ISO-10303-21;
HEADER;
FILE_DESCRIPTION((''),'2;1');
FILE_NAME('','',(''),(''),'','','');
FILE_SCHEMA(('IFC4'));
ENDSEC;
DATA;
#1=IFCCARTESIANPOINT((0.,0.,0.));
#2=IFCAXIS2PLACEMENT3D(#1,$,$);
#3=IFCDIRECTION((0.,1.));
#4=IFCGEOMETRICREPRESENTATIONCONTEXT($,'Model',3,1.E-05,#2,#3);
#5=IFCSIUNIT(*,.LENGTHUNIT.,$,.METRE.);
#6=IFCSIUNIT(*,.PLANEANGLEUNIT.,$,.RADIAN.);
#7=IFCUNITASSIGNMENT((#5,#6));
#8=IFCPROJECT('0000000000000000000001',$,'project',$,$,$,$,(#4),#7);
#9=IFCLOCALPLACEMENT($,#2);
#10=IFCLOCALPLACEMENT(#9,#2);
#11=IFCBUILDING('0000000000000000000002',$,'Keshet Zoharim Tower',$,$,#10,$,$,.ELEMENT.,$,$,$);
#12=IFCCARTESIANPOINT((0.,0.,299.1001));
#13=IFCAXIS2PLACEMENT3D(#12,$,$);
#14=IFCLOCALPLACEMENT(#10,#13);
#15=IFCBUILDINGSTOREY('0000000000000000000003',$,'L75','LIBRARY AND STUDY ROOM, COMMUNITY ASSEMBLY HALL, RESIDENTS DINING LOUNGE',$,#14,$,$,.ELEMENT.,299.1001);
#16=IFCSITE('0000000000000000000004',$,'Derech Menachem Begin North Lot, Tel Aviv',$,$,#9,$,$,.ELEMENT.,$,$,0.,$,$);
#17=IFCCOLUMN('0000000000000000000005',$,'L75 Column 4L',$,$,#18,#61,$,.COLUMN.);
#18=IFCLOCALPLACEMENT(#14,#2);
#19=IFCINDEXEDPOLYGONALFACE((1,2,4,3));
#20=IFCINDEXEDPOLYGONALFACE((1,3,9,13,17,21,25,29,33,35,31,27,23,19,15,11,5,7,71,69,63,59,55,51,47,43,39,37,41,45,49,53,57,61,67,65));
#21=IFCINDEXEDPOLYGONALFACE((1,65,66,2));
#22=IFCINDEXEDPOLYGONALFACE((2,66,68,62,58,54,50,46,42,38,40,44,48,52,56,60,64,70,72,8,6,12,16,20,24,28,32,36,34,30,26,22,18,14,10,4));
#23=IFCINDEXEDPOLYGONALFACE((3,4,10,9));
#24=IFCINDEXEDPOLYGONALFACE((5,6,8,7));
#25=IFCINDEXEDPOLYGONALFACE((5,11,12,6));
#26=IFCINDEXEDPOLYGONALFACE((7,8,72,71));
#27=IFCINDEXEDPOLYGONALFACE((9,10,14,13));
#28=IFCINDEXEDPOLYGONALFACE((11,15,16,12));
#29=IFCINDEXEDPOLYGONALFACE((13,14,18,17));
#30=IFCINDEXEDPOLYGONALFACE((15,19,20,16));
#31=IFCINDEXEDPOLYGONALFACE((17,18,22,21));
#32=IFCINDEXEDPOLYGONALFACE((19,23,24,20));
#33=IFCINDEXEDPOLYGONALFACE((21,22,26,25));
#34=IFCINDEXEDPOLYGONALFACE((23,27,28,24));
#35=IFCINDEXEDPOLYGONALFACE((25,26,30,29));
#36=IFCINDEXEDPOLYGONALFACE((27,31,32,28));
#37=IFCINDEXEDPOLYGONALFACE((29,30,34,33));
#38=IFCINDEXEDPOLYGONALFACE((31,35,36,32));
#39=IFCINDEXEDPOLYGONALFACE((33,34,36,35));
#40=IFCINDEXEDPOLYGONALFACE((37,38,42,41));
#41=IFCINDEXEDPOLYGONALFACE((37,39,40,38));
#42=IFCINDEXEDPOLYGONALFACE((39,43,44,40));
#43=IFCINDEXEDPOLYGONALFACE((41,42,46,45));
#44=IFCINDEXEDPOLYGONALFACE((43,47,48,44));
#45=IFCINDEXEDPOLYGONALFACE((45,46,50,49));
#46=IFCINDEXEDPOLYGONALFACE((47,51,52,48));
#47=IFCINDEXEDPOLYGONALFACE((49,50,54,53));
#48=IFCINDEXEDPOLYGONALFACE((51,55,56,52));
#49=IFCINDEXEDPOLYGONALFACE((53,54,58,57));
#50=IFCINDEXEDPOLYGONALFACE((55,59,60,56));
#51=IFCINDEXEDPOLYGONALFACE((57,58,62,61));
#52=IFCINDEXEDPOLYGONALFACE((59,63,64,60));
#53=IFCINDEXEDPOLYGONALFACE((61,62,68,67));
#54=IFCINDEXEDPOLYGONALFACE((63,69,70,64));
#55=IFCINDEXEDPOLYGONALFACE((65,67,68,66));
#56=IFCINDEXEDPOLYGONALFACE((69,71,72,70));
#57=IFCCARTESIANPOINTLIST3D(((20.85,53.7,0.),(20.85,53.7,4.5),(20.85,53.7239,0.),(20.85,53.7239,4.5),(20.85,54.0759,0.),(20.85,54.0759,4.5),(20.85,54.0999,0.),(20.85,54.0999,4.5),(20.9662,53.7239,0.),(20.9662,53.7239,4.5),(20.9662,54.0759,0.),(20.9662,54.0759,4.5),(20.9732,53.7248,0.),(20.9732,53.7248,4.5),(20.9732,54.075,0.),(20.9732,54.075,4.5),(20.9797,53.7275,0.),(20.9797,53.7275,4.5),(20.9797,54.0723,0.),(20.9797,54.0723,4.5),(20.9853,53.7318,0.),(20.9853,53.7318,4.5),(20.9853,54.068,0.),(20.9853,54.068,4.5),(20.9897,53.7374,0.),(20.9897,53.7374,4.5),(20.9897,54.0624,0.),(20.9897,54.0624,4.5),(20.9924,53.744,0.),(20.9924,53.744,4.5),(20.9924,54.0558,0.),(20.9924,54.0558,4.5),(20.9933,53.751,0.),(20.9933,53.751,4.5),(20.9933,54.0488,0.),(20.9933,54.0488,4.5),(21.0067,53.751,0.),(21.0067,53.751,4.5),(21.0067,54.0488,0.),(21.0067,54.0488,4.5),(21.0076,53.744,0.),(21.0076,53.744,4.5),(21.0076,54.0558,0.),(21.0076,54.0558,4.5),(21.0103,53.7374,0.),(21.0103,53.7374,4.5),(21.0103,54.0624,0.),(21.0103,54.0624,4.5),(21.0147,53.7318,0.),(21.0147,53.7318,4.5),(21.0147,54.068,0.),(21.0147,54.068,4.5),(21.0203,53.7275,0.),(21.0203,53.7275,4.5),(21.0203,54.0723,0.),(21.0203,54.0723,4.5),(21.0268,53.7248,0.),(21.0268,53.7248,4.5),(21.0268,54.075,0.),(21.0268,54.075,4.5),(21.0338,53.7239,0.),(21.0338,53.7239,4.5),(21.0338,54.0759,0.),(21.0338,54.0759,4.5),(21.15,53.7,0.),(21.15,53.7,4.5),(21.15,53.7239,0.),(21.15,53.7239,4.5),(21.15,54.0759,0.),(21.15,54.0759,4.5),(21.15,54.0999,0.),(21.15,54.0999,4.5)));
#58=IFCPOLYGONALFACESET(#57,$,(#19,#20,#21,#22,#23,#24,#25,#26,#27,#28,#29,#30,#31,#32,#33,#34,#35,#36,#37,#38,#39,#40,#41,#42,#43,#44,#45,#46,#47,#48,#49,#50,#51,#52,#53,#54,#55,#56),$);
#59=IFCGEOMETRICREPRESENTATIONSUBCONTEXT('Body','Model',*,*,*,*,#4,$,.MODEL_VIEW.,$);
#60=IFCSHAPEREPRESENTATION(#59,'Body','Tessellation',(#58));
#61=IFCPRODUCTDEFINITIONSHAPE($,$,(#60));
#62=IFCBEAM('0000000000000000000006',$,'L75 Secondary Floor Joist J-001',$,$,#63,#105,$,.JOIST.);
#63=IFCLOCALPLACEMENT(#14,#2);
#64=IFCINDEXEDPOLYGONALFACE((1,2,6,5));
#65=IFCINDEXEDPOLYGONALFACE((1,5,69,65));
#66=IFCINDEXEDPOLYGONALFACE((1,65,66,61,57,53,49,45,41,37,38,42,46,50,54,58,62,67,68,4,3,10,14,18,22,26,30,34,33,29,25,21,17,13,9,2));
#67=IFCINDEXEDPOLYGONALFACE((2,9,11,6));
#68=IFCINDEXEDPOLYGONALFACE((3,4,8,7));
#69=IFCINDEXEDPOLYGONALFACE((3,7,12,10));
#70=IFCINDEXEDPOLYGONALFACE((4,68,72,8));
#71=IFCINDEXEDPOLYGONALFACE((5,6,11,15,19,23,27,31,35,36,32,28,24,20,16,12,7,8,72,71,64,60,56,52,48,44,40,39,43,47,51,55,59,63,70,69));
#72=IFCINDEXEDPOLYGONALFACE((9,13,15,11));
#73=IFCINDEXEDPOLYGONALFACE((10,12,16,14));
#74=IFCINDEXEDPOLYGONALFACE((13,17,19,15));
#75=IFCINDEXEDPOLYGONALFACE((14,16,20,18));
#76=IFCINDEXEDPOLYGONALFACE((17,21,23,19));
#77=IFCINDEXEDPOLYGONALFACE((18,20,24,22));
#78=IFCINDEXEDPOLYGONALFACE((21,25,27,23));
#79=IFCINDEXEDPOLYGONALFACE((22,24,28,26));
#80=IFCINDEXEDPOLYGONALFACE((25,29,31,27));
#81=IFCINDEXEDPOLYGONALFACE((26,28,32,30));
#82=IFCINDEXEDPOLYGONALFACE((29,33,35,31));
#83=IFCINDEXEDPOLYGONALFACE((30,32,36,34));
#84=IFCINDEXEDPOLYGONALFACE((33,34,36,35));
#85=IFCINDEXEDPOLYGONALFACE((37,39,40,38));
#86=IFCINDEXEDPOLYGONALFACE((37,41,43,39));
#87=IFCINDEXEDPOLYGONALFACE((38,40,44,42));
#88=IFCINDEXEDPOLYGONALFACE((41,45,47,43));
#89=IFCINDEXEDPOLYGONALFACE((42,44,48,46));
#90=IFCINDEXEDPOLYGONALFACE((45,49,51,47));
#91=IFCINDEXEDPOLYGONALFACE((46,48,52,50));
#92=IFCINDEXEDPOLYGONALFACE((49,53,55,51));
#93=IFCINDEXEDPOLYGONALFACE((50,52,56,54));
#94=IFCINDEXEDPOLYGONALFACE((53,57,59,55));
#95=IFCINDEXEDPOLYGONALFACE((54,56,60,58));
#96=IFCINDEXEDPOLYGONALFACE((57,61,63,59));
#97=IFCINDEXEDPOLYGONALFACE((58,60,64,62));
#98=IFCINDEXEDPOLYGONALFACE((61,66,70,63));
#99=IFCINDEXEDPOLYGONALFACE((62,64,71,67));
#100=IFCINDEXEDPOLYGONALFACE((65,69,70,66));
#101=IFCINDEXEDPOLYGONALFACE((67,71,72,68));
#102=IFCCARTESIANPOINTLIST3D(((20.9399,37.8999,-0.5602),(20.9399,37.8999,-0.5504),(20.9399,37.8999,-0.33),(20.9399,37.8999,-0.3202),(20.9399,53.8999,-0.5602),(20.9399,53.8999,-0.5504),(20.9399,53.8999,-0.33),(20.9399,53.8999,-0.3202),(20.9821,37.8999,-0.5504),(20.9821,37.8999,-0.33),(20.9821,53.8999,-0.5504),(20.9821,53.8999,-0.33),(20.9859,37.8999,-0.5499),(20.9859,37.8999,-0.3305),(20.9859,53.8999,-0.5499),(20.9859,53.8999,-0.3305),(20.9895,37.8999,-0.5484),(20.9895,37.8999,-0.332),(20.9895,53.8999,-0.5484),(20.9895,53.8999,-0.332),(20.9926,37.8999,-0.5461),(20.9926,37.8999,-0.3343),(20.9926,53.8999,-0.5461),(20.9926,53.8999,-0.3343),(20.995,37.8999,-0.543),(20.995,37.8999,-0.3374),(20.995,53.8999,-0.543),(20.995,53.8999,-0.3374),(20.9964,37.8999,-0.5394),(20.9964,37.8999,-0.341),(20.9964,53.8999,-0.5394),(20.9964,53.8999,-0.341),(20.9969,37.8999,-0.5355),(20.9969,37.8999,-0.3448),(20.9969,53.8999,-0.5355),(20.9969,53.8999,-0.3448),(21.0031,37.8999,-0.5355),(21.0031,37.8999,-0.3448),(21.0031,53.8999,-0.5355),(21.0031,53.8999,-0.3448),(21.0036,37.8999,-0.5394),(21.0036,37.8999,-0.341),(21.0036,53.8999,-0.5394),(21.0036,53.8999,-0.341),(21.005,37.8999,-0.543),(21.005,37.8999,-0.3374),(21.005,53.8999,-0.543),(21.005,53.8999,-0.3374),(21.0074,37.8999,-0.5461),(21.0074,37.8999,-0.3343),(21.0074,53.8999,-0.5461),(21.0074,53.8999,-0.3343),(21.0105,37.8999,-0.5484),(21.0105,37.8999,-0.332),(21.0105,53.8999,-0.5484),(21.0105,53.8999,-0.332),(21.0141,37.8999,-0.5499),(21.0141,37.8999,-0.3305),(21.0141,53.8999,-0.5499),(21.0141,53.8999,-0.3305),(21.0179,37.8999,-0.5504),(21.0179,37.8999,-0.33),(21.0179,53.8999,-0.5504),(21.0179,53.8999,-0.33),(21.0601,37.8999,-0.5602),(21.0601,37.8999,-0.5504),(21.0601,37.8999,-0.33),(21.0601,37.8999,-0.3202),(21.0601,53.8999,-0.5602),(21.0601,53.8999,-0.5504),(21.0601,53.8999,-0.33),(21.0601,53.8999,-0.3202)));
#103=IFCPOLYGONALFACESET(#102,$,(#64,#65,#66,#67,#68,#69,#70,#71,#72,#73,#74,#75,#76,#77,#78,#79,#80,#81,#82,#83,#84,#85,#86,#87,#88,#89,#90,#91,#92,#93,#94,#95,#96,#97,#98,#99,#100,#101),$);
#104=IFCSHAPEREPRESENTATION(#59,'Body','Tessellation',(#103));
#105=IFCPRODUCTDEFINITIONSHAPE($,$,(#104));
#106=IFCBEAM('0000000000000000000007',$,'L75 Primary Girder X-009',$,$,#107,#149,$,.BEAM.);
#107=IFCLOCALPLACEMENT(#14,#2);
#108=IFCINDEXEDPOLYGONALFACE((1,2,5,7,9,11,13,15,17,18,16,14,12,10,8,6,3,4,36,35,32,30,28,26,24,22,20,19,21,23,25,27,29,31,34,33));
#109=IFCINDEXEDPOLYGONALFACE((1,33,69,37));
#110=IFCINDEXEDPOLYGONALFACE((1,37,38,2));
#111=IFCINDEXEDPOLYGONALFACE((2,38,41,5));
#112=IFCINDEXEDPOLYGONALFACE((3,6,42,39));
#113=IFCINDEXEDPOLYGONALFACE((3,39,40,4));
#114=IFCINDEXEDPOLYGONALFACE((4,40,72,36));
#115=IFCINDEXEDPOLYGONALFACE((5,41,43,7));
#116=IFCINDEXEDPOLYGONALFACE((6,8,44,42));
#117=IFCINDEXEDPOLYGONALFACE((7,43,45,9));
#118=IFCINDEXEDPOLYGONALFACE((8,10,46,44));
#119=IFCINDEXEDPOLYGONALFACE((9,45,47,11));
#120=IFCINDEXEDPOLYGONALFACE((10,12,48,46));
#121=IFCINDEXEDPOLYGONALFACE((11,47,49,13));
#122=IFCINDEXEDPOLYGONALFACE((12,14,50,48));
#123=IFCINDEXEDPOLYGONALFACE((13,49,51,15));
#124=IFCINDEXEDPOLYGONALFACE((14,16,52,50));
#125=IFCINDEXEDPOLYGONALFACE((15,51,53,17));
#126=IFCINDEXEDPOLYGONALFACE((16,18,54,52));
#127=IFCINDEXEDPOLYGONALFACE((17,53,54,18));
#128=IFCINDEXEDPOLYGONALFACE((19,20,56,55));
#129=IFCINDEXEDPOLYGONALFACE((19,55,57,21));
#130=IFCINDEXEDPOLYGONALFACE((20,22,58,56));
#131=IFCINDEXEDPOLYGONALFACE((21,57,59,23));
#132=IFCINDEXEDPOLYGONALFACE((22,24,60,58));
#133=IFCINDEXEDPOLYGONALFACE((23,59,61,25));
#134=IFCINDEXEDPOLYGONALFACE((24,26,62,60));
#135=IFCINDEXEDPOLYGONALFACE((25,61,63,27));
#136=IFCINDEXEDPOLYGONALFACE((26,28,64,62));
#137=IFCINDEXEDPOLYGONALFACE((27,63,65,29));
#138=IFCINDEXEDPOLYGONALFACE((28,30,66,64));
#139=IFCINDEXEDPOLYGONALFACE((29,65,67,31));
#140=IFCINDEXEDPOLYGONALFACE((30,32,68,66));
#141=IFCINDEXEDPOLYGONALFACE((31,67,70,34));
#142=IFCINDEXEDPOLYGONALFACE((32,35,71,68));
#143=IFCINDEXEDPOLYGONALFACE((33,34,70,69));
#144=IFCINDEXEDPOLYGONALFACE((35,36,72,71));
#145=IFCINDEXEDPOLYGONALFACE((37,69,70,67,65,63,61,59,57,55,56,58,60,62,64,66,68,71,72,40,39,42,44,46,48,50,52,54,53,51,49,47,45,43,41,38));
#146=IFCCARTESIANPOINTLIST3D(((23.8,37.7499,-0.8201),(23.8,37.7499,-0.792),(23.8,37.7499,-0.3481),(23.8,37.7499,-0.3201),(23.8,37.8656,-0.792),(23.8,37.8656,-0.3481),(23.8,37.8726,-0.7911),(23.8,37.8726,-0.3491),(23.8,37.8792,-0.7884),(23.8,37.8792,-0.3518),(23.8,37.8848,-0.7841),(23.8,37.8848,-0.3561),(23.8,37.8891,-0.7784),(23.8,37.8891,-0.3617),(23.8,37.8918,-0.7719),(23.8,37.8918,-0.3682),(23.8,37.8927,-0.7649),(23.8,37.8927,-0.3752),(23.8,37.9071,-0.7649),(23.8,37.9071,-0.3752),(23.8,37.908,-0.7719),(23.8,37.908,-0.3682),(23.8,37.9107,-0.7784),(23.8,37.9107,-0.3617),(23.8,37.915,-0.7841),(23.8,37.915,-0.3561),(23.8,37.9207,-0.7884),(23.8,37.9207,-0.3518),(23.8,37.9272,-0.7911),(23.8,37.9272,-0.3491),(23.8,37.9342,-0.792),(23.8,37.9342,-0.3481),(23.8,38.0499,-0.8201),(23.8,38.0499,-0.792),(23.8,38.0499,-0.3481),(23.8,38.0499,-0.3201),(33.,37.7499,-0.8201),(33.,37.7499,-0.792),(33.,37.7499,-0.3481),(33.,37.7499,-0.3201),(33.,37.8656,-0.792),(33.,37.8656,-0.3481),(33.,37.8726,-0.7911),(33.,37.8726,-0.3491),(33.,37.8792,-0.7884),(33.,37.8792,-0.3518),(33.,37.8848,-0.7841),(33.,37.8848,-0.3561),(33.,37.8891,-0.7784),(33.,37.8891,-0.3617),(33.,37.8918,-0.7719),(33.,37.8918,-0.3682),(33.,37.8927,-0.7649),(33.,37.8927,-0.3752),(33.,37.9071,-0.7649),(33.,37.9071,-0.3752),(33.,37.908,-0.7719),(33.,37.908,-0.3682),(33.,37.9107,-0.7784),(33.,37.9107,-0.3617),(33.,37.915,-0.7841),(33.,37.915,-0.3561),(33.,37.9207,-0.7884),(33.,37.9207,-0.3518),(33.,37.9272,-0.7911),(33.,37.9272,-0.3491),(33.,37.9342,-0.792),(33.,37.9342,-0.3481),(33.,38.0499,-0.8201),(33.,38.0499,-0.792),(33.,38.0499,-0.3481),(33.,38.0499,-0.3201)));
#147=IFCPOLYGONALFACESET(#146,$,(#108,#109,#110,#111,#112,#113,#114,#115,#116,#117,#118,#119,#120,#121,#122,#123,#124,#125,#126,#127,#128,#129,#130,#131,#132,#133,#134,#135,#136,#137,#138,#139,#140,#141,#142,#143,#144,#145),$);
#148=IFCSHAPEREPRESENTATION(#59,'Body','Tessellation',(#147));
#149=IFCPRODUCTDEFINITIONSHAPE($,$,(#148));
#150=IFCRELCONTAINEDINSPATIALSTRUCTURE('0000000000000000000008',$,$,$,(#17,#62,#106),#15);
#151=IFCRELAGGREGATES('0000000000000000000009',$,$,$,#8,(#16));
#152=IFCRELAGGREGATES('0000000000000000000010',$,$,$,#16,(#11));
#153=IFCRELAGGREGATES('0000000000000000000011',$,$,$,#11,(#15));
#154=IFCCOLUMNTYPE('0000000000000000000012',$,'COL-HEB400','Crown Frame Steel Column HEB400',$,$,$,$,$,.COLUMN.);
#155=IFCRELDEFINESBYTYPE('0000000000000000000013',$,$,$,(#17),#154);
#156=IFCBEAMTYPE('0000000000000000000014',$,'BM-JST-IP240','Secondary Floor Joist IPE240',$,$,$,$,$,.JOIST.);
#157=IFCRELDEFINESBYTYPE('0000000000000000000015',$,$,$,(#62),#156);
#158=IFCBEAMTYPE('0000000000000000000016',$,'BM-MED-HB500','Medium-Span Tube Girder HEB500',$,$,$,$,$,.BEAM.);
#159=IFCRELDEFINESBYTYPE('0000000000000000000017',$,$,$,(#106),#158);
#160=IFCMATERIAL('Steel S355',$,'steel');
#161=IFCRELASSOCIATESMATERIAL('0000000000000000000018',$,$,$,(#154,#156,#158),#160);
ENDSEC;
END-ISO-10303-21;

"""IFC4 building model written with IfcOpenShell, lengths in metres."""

from ifc_helpers import new_model, si_unit, direction, frame, origin, origin_2d, place, context, subcontext, project, spatial, i_section, extrude, material, material_profile, profile_set, type_object, element, save


model = new_model("IFC4")

# Units and contexts
model_context = context("Model", 3, precision=1e-05, world=origin(), true_north=direction((0.0, 1.0)))
body_context = subcontext(model_context, "Body", "Model", "MODEL_VIEW")
ifc_project = project(units=[si_unit("LENGTHUNIT", "METRE"), si_unit("PLANEANGLEUNIT", "RADIAN")], contexts=[model_context])

# Site, building, storey
site_placement = place(None, origin())
site = spatial("IfcSite", under=ifc_project, at=site_placement, Name="Derech Menachem Begin North Lot, Tel Aviv", CompositionType="ELEMENT", RefElevation=0.0)
building_placement = place(site_placement, origin())
building = spatial("IfcBuilding", under=site, at=building_placement, Name="Keshet Zoharim Tower", CompositionType="ELEMENT")
storey_placement = place(building_placement, frame((0.0, 0.0, 299.1001)))
storey = spatial("IfcBuildingStorey", under=building, at=storey_placement, Name="L75", Description="LIBRARY AND STUDY ROOM, COMMUNITY ASSEMBLY HALL, RESIDENTS DINING LOUNGE", CompositionType="ELEMENT", Elevation=299.1001)

# Column
ifc_material_1 = material(Name="Steel S355", Category="steel")
ifc_material_profile_1 = material_profile(ifc_material_1, i_section(OverallWidth=0.3, OverallDepth=0.3999, WebThickness=0.0134, FlangeThickness=0.0239, FilletRadius=0.0271, at=origin_2d()), Name="HEB400")
ifc_profile_set_1 = profile_set([ifc_material_profile_1], Name="Steel S355")
column_type = type_object("IfcColumnType", Name="COL-HEB400", Description="Crown Frame Steel Column HEB400", PredefinedType="COLUMN", material=ifc_profile_set_1)
column_placement = place(storey_placement, frame((21.0, 53.8999, 0.0), z_axis=(0.0, 0.0, 1.0), x_axis=(1.0, 0.0, 0.0)))
element("IfcColumn", 1, at=column_placement, inside=storey, type_object=column_type, Name="L75 Column 4L", PredefinedType="COLUMN", context=body_context, shape_type="SweptSolid", body=[
    extrude(i_section(OverallWidth=0.3, OverallDepth=0.3999, WebThickness=0.0134, FlangeThickness=0.0239, FilletRadius=0.0271, at=origin_2d()), origin(), (0.0, 0.0, 1.0), 4.5),
])

# Beams
ifc_material_profile_2 = material_profile(ifc_material_1, i_section(OverallWidth=0.1201, OverallDepth=0.24, WebThickness=0.0061, FlangeThickness=0.0098, FilletRadius=0.0149, at=origin_2d()), Name="IPE240")
ifc_profile_set_2 = profile_set([ifc_material_profile_2], Name="Steel S355")
beam_type_1 = type_object("IfcBeamType", Name="BM-JST-IP240", Description="Secondary Floor Joist IPE240", PredefinedType="JOIST", material=ifc_profile_set_2)
beam_1_placement = place(storey_placement, frame((21.0, 37.8999, -0.4402), z_axis=(0.0, 1.0, 0.0), x_axis=(-1.0, 0.0, 0.0)))
element("IfcBeam", 2, at=beam_1_placement, inside=storey, type_object=beam_type_1, Name="L75 Secondary Floor Joist J-001", PredefinedType="JOIST", context=body_context, shape_type="SweptSolid", body=[
    extrude(i_section(OverallWidth=0.1201, OverallDepth=0.24, WebThickness=0.0061, FlangeThickness=0.0098, FilletRadius=0.0149, at=origin_2d()), origin(), (0.0, 0.0, 1.0), 16.0),
])
ifc_material_profile_3 = material_profile(ifc_material_1, i_section(OverallWidth=0.3, OverallDepth=0.5, WebThickness=0.0144, FlangeThickness=0.0281, FilletRadius=0.0271, at=origin_2d()), Name="HEB500")
ifc_profile_set_3 = profile_set([ifc_material_profile_3], Name="Steel S355")
beam_type_2 = type_object("IfcBeamType", Name="BM-MED-HB500", Description="Medium-Span Tube Girder HEB500", PredefinedType="BEAM", material=ifc_profile_set_3)
beam_2_placement = place(storey_placement, frame((23.8, 37.8999, -0.5701), z_axis=(1.0, 0.0, 0.0), x_axis=(0.0, 1.0, 0.0)))
element("IfcBeam", 3, at=beam_2_placement, inside=storey, type_object=beam_type_2, Name="L75 Primary Girder X-009", PredefinedType="BEAM", context=body_context, shape_type="SweptSolid", body=[
    extrude(i_section(OverallWidth=0.3, OverallDepth=0.5, WebThickness=0.0144, FlangeThickness=0.0281, FilletRadius=0.0271, at=origin_2d()), origin(), (0.0, 0.0, 1.0), 9.2),
])

save(model, "model.ifc")
